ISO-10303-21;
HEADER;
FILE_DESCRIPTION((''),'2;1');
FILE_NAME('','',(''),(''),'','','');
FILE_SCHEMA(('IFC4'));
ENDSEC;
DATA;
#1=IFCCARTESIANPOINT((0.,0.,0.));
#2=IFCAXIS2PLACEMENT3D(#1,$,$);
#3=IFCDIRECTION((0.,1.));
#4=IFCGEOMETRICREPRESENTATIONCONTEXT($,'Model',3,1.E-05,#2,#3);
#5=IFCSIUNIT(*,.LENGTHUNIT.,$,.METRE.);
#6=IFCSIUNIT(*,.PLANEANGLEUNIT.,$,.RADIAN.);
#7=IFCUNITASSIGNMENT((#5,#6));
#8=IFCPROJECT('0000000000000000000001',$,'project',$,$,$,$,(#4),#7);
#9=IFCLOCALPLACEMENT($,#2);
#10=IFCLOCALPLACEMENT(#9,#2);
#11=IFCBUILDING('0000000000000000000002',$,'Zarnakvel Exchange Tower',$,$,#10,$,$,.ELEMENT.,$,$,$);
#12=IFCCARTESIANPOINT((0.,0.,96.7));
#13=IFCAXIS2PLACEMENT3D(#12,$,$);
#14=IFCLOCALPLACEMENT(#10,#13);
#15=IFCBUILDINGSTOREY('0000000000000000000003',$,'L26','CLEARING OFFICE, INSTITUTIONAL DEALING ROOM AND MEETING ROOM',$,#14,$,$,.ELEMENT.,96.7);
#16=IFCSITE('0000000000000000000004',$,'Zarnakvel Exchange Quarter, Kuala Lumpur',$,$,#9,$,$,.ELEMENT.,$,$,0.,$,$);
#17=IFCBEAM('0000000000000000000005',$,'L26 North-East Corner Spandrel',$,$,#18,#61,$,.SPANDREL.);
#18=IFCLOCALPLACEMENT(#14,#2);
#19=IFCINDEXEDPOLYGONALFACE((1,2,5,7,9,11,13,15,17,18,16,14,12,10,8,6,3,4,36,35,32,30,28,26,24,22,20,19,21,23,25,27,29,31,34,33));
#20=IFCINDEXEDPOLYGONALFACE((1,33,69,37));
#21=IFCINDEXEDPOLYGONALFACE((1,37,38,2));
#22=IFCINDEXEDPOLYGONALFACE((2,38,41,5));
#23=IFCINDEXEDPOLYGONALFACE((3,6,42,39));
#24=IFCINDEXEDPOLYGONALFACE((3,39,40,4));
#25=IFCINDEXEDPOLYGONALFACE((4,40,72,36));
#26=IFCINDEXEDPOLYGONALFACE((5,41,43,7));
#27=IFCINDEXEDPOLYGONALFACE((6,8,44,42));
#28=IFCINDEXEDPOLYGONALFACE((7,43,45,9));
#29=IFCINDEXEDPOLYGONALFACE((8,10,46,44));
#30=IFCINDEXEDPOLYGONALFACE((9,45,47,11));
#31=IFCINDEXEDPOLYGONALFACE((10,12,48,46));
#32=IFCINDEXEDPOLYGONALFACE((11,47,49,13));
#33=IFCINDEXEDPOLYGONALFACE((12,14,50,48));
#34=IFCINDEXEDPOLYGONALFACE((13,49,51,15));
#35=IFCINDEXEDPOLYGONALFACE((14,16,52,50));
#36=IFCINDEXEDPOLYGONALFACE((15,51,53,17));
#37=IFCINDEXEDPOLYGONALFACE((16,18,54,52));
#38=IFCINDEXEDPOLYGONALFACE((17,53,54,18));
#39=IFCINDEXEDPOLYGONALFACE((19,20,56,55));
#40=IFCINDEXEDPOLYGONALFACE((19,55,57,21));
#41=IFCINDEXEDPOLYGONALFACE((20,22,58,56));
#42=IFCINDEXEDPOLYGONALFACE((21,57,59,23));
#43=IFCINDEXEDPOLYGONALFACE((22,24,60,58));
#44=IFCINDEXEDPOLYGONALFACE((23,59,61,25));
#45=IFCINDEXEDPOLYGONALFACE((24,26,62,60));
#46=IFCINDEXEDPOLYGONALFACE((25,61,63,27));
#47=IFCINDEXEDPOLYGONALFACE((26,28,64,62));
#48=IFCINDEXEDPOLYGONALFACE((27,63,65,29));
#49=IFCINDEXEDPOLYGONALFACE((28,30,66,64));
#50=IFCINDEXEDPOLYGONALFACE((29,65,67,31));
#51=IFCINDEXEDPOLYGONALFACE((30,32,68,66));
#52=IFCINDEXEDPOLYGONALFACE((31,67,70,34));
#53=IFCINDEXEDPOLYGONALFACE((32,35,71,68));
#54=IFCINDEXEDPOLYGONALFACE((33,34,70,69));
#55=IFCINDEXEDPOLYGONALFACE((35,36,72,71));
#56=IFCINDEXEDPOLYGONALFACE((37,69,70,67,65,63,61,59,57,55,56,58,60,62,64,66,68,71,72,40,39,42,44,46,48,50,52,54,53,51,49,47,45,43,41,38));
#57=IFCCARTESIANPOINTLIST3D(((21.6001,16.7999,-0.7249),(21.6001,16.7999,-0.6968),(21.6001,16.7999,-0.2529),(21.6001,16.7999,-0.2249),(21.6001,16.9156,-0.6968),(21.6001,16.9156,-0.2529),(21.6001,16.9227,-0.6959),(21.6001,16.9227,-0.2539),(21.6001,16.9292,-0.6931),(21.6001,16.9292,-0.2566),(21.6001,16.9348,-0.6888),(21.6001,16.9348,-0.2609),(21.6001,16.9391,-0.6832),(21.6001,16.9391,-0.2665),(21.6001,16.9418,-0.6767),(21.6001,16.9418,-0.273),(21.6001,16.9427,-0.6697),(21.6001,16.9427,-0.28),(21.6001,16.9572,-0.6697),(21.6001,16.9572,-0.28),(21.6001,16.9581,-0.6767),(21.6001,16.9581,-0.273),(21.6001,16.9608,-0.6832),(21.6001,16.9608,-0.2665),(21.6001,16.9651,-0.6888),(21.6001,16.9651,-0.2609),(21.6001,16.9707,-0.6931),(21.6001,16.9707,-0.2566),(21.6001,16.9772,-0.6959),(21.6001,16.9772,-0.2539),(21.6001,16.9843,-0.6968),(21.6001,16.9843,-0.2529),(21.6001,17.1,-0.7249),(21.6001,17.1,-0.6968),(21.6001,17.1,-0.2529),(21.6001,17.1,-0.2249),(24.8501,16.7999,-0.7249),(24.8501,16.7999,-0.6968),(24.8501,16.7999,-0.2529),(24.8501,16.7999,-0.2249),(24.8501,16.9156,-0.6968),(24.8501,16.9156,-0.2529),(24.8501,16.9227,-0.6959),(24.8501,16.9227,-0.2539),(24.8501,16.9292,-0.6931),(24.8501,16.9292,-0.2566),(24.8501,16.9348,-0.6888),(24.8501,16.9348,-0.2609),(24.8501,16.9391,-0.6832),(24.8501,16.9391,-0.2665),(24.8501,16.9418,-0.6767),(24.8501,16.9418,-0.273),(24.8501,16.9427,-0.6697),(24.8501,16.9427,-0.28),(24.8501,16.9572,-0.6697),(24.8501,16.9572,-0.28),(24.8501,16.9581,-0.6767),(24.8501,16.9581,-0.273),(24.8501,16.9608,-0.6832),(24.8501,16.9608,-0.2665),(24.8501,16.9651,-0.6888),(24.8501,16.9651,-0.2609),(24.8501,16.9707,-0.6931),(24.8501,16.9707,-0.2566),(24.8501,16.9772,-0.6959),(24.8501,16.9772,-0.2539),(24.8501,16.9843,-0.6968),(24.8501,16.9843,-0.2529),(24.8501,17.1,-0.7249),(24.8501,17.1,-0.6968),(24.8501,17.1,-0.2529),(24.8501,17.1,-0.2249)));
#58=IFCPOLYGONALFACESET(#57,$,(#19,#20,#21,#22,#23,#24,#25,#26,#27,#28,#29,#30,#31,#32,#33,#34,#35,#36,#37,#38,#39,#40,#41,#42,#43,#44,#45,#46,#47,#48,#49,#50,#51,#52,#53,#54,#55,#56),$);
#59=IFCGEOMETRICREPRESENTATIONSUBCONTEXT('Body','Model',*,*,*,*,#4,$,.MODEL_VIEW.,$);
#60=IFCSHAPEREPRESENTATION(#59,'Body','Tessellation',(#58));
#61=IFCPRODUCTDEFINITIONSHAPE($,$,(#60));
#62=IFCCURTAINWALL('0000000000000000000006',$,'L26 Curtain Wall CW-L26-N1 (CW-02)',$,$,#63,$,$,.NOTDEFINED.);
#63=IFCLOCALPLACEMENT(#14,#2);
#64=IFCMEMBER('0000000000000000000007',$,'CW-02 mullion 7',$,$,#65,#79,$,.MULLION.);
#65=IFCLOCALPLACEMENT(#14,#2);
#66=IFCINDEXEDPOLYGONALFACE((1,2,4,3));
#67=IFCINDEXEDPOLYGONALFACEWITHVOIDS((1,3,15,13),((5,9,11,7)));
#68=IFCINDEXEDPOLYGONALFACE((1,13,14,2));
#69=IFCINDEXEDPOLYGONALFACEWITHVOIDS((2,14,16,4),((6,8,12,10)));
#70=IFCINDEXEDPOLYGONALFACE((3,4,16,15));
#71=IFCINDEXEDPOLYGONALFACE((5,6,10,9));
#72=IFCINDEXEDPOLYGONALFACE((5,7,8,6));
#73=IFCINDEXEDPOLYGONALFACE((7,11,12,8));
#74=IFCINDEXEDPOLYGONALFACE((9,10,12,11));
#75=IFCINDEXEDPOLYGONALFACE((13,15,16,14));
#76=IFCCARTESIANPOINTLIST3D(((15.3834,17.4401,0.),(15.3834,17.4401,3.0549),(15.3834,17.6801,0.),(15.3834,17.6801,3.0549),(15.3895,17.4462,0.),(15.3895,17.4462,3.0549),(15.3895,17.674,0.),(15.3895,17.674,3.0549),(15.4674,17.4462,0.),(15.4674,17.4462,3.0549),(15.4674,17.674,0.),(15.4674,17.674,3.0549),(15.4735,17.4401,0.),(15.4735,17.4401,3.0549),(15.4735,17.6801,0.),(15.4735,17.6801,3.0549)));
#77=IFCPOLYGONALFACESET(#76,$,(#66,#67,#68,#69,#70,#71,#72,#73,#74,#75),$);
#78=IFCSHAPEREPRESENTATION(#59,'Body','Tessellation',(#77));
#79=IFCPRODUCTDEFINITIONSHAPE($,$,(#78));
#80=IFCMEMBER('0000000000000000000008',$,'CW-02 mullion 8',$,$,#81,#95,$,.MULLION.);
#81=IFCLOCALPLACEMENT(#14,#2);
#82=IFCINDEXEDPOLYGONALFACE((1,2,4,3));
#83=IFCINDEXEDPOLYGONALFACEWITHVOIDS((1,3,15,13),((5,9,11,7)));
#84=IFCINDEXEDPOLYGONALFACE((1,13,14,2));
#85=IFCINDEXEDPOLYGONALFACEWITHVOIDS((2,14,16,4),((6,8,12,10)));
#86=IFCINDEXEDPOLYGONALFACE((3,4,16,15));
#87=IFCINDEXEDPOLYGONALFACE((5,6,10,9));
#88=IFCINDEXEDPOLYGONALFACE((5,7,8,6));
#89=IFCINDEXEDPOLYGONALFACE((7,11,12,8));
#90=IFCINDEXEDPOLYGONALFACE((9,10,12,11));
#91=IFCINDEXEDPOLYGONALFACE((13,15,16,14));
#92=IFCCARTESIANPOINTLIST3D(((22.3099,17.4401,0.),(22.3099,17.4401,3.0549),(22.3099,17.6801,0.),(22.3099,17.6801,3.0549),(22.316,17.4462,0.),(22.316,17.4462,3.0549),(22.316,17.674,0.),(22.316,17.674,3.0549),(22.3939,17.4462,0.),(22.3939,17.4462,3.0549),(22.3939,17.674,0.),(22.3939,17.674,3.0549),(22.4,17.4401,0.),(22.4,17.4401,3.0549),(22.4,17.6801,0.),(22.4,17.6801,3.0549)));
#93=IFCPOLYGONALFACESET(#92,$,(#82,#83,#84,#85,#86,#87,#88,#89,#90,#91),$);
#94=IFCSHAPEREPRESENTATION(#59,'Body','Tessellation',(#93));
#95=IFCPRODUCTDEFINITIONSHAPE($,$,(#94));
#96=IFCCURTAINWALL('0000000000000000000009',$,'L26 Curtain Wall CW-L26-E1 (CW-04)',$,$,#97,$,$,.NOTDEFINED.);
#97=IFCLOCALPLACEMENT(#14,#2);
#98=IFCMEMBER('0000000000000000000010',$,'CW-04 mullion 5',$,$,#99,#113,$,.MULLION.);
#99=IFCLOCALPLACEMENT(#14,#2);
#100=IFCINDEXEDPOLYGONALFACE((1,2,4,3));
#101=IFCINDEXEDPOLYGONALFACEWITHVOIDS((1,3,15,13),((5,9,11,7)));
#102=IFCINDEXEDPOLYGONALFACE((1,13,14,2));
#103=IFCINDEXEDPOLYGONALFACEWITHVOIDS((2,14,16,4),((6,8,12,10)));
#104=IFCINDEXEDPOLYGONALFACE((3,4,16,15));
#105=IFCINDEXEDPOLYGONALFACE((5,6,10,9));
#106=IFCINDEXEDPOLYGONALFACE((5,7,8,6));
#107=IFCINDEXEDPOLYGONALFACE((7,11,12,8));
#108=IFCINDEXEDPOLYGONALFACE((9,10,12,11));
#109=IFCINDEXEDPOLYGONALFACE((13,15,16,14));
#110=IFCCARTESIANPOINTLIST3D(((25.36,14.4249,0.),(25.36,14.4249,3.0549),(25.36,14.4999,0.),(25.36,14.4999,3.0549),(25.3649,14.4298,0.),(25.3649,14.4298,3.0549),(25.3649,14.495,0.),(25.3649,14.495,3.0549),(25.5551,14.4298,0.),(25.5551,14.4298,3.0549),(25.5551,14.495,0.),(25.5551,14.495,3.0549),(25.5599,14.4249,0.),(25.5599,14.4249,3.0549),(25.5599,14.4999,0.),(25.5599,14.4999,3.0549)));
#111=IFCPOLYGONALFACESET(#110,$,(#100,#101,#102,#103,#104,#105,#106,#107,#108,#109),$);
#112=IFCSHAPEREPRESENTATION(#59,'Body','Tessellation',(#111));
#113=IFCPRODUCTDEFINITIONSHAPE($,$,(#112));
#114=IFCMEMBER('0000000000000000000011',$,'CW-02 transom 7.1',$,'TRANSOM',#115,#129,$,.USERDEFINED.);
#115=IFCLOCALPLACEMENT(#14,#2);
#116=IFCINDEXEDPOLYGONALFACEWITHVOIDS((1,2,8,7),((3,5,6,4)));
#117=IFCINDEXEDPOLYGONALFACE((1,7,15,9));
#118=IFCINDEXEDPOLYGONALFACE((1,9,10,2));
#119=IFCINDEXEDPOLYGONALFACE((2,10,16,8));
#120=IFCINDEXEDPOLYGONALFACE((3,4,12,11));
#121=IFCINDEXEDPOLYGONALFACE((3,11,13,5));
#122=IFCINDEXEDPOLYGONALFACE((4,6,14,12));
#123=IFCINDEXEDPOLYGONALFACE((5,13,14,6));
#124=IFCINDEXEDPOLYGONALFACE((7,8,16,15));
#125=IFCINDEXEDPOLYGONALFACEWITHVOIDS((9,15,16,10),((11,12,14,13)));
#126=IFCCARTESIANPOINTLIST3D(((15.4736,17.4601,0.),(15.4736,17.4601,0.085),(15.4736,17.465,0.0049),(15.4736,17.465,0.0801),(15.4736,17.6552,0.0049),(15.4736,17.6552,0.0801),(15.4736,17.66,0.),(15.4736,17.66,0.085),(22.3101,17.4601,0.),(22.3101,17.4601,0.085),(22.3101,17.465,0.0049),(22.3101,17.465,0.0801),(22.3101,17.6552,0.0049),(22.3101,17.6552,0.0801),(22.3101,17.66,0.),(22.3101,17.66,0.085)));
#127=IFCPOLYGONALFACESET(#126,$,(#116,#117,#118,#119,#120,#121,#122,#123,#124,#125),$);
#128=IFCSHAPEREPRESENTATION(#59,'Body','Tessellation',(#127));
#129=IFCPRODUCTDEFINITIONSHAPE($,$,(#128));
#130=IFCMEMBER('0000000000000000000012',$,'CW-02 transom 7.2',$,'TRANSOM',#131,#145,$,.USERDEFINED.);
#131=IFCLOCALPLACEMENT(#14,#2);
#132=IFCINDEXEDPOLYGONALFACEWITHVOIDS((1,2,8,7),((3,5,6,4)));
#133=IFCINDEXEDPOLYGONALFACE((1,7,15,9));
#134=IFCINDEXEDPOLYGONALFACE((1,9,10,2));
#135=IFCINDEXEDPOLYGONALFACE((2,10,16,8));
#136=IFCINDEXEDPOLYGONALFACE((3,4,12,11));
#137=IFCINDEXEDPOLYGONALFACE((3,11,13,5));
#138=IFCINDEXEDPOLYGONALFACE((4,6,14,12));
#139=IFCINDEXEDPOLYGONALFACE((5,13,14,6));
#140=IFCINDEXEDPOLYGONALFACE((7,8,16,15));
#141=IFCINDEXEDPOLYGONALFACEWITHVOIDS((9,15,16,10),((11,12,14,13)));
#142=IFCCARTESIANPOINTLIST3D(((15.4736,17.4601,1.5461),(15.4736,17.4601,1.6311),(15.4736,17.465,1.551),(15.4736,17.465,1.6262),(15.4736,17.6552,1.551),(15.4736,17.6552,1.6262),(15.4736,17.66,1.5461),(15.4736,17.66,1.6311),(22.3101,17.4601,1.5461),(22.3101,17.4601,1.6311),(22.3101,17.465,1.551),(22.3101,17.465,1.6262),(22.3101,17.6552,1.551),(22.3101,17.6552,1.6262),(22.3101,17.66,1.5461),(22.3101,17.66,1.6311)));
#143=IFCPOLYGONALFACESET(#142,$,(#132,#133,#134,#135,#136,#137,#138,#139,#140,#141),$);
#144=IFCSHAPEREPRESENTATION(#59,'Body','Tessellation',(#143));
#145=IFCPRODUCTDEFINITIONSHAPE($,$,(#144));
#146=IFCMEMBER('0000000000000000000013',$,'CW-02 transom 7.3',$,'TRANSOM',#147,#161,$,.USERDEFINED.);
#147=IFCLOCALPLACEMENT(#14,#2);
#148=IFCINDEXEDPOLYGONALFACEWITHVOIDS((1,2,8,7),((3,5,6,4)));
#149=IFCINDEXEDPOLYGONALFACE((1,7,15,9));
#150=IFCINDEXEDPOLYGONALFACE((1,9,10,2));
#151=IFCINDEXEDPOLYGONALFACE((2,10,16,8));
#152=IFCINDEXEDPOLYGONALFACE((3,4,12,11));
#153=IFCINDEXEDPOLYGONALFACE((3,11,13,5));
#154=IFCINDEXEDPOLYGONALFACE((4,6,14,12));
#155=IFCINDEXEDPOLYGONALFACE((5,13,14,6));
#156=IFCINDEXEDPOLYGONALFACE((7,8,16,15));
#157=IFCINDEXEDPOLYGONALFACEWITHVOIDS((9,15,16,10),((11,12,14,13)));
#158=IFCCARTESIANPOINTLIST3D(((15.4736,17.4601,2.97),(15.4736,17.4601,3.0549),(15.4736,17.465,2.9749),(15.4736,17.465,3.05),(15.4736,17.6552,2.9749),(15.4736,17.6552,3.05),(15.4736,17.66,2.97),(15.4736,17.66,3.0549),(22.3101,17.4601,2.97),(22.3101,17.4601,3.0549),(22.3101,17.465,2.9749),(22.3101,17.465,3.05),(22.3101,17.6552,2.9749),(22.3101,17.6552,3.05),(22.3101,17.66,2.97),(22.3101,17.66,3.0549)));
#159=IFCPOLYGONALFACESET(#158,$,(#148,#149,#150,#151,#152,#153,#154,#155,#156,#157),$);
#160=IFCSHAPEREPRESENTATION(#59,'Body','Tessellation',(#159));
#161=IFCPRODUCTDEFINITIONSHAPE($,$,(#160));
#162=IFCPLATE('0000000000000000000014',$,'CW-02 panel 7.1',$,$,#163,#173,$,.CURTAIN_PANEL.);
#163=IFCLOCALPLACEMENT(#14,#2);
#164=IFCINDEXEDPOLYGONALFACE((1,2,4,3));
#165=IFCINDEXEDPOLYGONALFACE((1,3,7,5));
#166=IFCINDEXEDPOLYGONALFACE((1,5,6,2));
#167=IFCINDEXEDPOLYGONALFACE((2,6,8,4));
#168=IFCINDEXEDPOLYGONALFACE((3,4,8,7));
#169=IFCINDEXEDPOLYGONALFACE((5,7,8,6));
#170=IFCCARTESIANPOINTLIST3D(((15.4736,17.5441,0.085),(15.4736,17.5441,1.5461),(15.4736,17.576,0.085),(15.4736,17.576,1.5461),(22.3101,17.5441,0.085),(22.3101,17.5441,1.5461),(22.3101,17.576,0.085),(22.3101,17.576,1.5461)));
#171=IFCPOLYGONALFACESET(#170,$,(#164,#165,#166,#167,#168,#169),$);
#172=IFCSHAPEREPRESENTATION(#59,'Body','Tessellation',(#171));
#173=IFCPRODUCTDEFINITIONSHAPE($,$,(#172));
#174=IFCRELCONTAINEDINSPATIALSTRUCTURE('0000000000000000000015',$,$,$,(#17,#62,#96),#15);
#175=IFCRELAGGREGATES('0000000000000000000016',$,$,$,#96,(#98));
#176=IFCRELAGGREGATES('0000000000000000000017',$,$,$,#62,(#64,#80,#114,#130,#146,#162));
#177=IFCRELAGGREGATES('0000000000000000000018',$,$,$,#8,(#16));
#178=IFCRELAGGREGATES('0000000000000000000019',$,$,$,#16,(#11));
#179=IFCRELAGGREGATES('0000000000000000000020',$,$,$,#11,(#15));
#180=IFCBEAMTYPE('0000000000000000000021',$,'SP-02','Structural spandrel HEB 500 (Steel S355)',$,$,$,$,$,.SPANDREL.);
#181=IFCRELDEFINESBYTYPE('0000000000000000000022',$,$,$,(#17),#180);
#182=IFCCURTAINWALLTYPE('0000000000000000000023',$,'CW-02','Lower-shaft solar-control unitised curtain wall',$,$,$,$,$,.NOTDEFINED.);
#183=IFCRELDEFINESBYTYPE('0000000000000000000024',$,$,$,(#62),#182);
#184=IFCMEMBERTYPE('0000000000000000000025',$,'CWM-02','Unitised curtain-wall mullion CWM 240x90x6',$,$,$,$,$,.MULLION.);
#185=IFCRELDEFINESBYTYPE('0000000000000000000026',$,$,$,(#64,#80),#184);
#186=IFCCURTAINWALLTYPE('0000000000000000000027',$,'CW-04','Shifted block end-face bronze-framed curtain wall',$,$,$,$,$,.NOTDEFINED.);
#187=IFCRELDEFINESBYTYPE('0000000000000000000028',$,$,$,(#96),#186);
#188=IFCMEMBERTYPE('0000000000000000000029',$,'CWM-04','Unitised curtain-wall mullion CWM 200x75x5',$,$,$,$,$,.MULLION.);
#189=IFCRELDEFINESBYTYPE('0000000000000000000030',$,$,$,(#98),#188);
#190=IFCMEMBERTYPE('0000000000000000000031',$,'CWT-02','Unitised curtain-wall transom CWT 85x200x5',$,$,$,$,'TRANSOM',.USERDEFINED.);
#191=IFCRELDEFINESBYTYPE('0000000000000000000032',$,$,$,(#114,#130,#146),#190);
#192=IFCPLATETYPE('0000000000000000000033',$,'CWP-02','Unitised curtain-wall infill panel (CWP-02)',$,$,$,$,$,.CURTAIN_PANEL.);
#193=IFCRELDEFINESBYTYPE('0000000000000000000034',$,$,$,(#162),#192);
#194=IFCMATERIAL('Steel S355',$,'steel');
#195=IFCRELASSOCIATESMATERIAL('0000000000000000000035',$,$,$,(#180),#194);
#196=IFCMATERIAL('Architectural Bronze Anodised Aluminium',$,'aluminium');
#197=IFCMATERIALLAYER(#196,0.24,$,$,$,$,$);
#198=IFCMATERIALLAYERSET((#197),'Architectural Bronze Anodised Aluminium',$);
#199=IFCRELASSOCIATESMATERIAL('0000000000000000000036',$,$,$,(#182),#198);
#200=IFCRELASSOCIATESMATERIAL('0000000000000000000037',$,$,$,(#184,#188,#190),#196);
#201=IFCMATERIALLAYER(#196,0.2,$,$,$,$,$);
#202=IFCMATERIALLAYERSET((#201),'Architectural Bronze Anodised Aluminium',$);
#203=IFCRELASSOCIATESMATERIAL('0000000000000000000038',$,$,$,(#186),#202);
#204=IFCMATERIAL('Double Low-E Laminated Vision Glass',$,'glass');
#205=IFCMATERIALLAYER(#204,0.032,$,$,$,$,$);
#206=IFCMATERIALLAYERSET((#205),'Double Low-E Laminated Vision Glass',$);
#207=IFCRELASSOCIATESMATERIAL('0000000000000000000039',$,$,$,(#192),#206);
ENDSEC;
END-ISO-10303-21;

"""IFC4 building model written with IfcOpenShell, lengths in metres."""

from ifc_helpers import new_model, si_unit, direction, frame, origin, origin_2d, place, context, subcontext, project, spatial, rectangle, hollow_rectangle, i_section, extrude, source, transform, mapped, material, layer, layer_set, material_profile, profile_set, type_object, element, aggregate, save


model = new_model("IFC4")

# Units and contexts
model_context = context("Model", 3, precision=1e-05, world=origin(), true_north=direction((0.0, 1.0)))
body_context = subcontext(model_context, "Body", "Model", "MODEL_VIEW")
ifc_project = project(units=[si_unit("LENGTHUNIT", "METRE"), si_unit("PLANEANGLEUNIT", "RADIAN")], contexts=[model_context])

# Site, building, storey
site_placement = place(None, origin())
site = spatial("IfcSite", under=ifc_project, at=site_placement, Name="Zarnakvel Exchange Quarter, Kuala Lumpur", CompositionType="ELEMENT", RefElevation=0.0)
building_placement = place(site_placement, origin())
building = spatial("IfcBuilding", under=site, at=building_placement, Name="Zarnakvel Exchange Tower", CompositionType="ELEMENT")
storey_placement = place(building_placement, frame((0.0, 0.0, 96.7)))
storey = spatial("IfcBuildingStorey", under=building, at=storey_placement, Name="L26", Description="CLEARING OFFICE, INSTITUTIONAL DEALING ROOM AND MEETING ROOM", CompositionType="ELEMENT", Elevation=96.7)

# Shared definitions
ifc_material_1 = material(Name="Steel S355", Category="steel")

# Beam
ifc_material_profile_1 = material_profile(ifc_material_1, i_section(OverallWidth=0.3, OverallDepth=0.5, WebThickness=0.0144, FlangeThickness=0.0281, FilletRadius=0.0271, at=origin_2d()))
ifc_profile_set_1 = profile_set([ifc_material_profile_1], Name="Steel S355")
beam_type_1 = type_object("IfcBeamType", Name="SP-02", Description="Structural spandrel HEB 500 (Steel S355)", PredefinedType="SPANDREL", material=ifc_profile_set_1)
beam_1_placement = place(storey_placement, frame((21.6001, 16.95, -0.4749), z_axis=(1.0, 0.0, 0.0), x_axis=(0.0, 1.0, 0.0)))
element("IfcBeam", 1, at=beam_1_placement, inside=storey, type_object=beam_type_1, Name="L26 North-East Corner Spandrel", PredefinedType="SPANDREL", context=body_context, shape_type="SweptSolid", body=[
    extrude(i_section(OverallWidth=0.3, OverallDepth=0.5, WebThickness=0.0144, FlangeThickness=0.0281, FilletRadius=0.0271, at=origin_2d()), origin(), (0.0, 0.0, 1.0), 3.25),
])

# Curtain wall, members
ifc_material_2 = material(Name="Architectural Bronze Anodised Aluminium", Category="aluminium")
ifc_layer_1 = layer(ifc_material_2, 0.24)
ifc_layer_set_1 = layer_set([ifc_layer_1], Name="Architectural Bronze Anodised Aluminium")
curtain_wall_type_1 = type_object("IfcCurtainWallType", Name="CW-02", Description="Lower-shaft solar-control unitised curtain wall", PredefinedType="NOTDEFINED", material=ifc_layer_set_1)
curtain_wall_1_placement = place(storey_placement, origin())
curtain_wall_1 = element("IfcCurtainWall", 2, at=curtain_wall_1_placement, inside=storey, type_object=curtain_wall_type_1, Name="L26 Curtain Wall CW-L26-N1 (CW-02)", PredefinedType="NOTDEFINED")
ifc_material_profile_2 = material_profile(ifc_material_2, hollow_rectangle(XDim=0.24, YDim=0.0901, WallThickness=0.0061, at=origin_2d()))
ifc_profile_set_2 = profile_set([ifc_material_profile_2], Name="Architectural Bronze Anodised Aluminium")
member_type_1 = type_object("IfcMemberType", Name="CWM-02", Description="Unitised curtain-wall mullion CWM 240x90x6", PredefinedType="MULLION", material=ifc_profile_set_2)
shared_shape_1 = source(origin(), body_context, "Body", "SweptSolid", [
    extrude(hollow_rectangle(XDim=0.24, YDim=0.0901, WallThickness=0.0061, at=origin_2d()), origin(), (0.0, 0.0, 1.0), 3.0549),
])
member_1_placement = place(storey_placement, frame((15.4285, 17.5601, 0.0), z_axis=(0.0, 0.0, 1.0), x_axis=(0.0, 1.0, 0.0)))
member_1 = element("IfcMember", 3, at=member_1_placement, type_object=member_type_1, Name="CW-02 mullion 7", PredefinedType="MULLION", context=body_context, shape_type="MappedRepresentation", body=[
    mapped(shared_shape_1, transform((0.0, 0.0, 0.0), x_axis=(1.0, 0.0, 0.0), y_axis=(0.0, 1.0, 0.0), z_axis=(0.0, 0.0, 1.0), scale=1.0)),
])
member_2_placement = place(storey_placement, frame((22.355, 17.5601, 0.0), z_axis=(0.0, 0.0, 1.0), x_axis=(0.0, 1.0, 0.0)))
member_2 = element("IfcMember", 4, at=member_2_placement, type_object=member_type_1, Name="CW-02 mullion 8", PredefinedType="MULLION", context=body_context, shape_type="MappedRepresentation", body=[
    mapped(shared_shape_1, transform((0.0, 0.0, 0.0), x_axis=(1.0, 0.0, 0.0), y_axis=(0.0, 1.0, 0.0), z_axis=(0.0, 0.0, 1.0), scale=1.0)),
])

# Curtain wall, member
ifc_layer_2 = layer(ifc_material_2, 0.2)
ifc_layer_set_2 = layer_set([ifc_layer_2], Name="Architectural Bronze Anodised Aluminium")
curtain_wall_type_2 = type_object("IfcCurtainWallType", Name="CW-04", Description="Shifted block end-face bronze-framed curtain wall", PredefinedType="NOTDEFINED", material=ifc_layer_set_2)
curtain_wall_2_placement = place(storey_placement, origin())
curtain_wall_2 = element("IfcCurtainWall", 5, at=curtain_wall_2_placement, inside=storey, type_object=curtain_wall_type_2, Name="L26 Curtain Wall CW-L26-E1 (CW-04)", PredefinedType="NOTDEFINED")
ifc_material_profile_3 = material_profile(ifc_material_2, hollow_rectangle(XDim=0.2, YDim=0.075, WallThickness=0.0049, at=origin_2d()))
ifc_profile_set_3 = profile_set([ifc_material_profile_3], Name="Architectural Bronze Anodised Aluminium")
member_type_2 = type_object("IfcMemberType", Name="CWM-04", Description="Unitised curtain-wall mullion CWM 200x75x5", PredefinedType="MULLION", material=ifc_profile_set_3)
shared_shape_2 = source(origin(), body_context, "Body", "SweptSolid", [
    extrude(hollow_rectangle(XDim=0.2, YDim=0.075, WallThickness=0.0049, at=origin_2d()), origin(), (0.0, 0.0, 1.0), 3.0549),
])
member_3_placement = place(storey_placement, frame((25.46, 14.4624, 0.0), z_axis=(0.0, 0.0, 1.0), x_axis=(-1.0, 0.0, 0.0)))
member_3 = element("IfcMember", 6, at=member_3_placement, type_object=member_type_2, Name="CW-04 mullion 5", PredefinedType="MULLION", context=body_context, shape_type="MappedRepresentation", body=[
    mapped(shared_shape_2, transform((0.0, 0.0, 0.0), x_axis=(1.0, 0.0, 0.0), y_axis=(0.0, 1.0, 0.0), z_axis=(0.0, 0.0, 1.0), scale=1.0)),
])
aggregate(curtain_wall_2, [member_3])

# Members
ifc_material_profile_4 = material_profile(ifc_material_2, hollow_rectangle(XDim=0.2, YDim=0.085, WallThickness=0.0049, at=origin_2d()))
ifc_profile_set_4 = profile_set([ifc_material_profile_4], Name="Architectural Bronze Anodised Aluminium")
member_type_3 = type_object("IfcMemberType", Name="CWT-02", Description="Unitised curtain-wall transom CWT 85x200x5", ElementType="TRANSOM", PredefinedType="USERDEFINED", material=ifc_profile_set_4)
shared_shape_3 = source(origin(), body_context, "Body", "SweptSolid", [
    extrude(hollow_rectangle(XDim=0.2, YDim=0.085, WallThickness=0.0049, at=origin_2d()), origin(), (0.0, 0.0, 1.0), 6.8364),
])
member_4_placement = place(storey_placement, frame((15.4736, 17.5601, 0.0425), z_axis=(1.0, 0.0, 0.0), x_axis=(0.0, 1.0, 0.0)))
member_4 = element("IfcMember", 7, at=member_4_placement, type_object=member_type_3, Name="CW-02 transom 7.1", ObjectType="TRANSOM", PredefinedType="USERDEFINED", context=body_context, shape_type="MappedRepresentation", body=[
    mapped(shared_shape_3, transform((0.0, 0.0, 0.0), x_axis=(1.0, 0.0, 0.0), y_axis=(0.0, 1.0, 0.0), z_axis=(0.0, 0.0, 1.0), scale=1.0)),
])
member_5_placement = place(storey_placement, frame((15.4736, 17.5601, 1.5886), z_axis=(1.0, 0.0, 0.0), x_axis=(0.0, 1.0, 0.0)))
member_5 = element("IfcMember", 8, at=member_5_placement, type_object=member_type_3, Name="CW-02 transom 7.2", ObjectType="TRANSOM", PredefinedType="USERDEFINED", context=body_context, shape_type="MappedRepresentation", body=[
    mapped(shared_shape_3, transform((0.0, 0.0, 0.0), x_axis=(1.0, 0.0, 0.0), y_axis=(0.0, 1.0, 0.0), z_axis=(0.0, 0.0, 1.0), scale=1.0)),
])
member_6_placement = place(storey_placement, frame((15.4736, 17.5601, 3.0125), z_axis=(1.0, 0.0, 0.0), x_axis=(0.0, 1.0, 0.0)))
member_6 = element("IfcMember", 9, at=member_6_placement, type_object=member_type_3, Name="CW-02 transom 7.3", ObjectType="TRANSOM", PredefinedType="USERDEFINED", context=body_context, shape_type="MappedRepresentation", body=[
    mapped(shared_shape_3, transform((0.0, 0.0, 0.0), x_axis=(1.0, 0.0, 0.0), y_axis=(0.0, 1.0, 0.0), z_axis=(0.0, 0.0, 1.0), scale=1.0)),
])

# Plate
ifc_material_3 = material(Name="Double Low-E Laminated Vision Glass", Category="glass")
ifc_layer_3 = layer(ifc_material_3, 0.032)
ifc_layer_set_3 = layer_set([ifc_layer_3], Name="Double Low-E Laminated Vision Glass")
plate_type = type_object("IfcPlateType", Name="CWP-02", Description="Unitised curtain-wall infill panel (CWP-02)", PredefinedType="CURTAIN_PANEL", material=ifc_layer_set_3)
shared_shape_4 = source(origin(), body_context, "Body", "SweptSolid", [
    extrude(rectangle(XDim=6.8364, YDim=0.032, at=origin_2d()), origin(), (0.0, 0.0, 1.0), 1.4612),
])
plate_1_placement = place(storey_placement, frame((18.8918, 17.5601, 0.085), z_axis=(0.0, 0.0, 1.0), x_axis=(1.0, 0.0, 0.0)))
plate_1 = element("IfcPlate", 10, at=plate_1_placement, type_object=plate_type, Name="CW-02 panel 7.1", PredefinedType="CURTAIN_PANEL", context=body_context, shape_type="MappedRepresentation", body=[
    mapped(shared_shape_4, transform((0.0, 0.0, 0.0), x_axis=(1.0, 0.0, 0.0), y_axis=(0.0, 1.0, 0.0), z_axis=(0.0, 0.0, 1.0), scale=1.0)),
])
aggregate(curtain_wall_1, [member_1, member_2, member_4, member_5, member_6, plate_1])

save(model, "model.ifc")
